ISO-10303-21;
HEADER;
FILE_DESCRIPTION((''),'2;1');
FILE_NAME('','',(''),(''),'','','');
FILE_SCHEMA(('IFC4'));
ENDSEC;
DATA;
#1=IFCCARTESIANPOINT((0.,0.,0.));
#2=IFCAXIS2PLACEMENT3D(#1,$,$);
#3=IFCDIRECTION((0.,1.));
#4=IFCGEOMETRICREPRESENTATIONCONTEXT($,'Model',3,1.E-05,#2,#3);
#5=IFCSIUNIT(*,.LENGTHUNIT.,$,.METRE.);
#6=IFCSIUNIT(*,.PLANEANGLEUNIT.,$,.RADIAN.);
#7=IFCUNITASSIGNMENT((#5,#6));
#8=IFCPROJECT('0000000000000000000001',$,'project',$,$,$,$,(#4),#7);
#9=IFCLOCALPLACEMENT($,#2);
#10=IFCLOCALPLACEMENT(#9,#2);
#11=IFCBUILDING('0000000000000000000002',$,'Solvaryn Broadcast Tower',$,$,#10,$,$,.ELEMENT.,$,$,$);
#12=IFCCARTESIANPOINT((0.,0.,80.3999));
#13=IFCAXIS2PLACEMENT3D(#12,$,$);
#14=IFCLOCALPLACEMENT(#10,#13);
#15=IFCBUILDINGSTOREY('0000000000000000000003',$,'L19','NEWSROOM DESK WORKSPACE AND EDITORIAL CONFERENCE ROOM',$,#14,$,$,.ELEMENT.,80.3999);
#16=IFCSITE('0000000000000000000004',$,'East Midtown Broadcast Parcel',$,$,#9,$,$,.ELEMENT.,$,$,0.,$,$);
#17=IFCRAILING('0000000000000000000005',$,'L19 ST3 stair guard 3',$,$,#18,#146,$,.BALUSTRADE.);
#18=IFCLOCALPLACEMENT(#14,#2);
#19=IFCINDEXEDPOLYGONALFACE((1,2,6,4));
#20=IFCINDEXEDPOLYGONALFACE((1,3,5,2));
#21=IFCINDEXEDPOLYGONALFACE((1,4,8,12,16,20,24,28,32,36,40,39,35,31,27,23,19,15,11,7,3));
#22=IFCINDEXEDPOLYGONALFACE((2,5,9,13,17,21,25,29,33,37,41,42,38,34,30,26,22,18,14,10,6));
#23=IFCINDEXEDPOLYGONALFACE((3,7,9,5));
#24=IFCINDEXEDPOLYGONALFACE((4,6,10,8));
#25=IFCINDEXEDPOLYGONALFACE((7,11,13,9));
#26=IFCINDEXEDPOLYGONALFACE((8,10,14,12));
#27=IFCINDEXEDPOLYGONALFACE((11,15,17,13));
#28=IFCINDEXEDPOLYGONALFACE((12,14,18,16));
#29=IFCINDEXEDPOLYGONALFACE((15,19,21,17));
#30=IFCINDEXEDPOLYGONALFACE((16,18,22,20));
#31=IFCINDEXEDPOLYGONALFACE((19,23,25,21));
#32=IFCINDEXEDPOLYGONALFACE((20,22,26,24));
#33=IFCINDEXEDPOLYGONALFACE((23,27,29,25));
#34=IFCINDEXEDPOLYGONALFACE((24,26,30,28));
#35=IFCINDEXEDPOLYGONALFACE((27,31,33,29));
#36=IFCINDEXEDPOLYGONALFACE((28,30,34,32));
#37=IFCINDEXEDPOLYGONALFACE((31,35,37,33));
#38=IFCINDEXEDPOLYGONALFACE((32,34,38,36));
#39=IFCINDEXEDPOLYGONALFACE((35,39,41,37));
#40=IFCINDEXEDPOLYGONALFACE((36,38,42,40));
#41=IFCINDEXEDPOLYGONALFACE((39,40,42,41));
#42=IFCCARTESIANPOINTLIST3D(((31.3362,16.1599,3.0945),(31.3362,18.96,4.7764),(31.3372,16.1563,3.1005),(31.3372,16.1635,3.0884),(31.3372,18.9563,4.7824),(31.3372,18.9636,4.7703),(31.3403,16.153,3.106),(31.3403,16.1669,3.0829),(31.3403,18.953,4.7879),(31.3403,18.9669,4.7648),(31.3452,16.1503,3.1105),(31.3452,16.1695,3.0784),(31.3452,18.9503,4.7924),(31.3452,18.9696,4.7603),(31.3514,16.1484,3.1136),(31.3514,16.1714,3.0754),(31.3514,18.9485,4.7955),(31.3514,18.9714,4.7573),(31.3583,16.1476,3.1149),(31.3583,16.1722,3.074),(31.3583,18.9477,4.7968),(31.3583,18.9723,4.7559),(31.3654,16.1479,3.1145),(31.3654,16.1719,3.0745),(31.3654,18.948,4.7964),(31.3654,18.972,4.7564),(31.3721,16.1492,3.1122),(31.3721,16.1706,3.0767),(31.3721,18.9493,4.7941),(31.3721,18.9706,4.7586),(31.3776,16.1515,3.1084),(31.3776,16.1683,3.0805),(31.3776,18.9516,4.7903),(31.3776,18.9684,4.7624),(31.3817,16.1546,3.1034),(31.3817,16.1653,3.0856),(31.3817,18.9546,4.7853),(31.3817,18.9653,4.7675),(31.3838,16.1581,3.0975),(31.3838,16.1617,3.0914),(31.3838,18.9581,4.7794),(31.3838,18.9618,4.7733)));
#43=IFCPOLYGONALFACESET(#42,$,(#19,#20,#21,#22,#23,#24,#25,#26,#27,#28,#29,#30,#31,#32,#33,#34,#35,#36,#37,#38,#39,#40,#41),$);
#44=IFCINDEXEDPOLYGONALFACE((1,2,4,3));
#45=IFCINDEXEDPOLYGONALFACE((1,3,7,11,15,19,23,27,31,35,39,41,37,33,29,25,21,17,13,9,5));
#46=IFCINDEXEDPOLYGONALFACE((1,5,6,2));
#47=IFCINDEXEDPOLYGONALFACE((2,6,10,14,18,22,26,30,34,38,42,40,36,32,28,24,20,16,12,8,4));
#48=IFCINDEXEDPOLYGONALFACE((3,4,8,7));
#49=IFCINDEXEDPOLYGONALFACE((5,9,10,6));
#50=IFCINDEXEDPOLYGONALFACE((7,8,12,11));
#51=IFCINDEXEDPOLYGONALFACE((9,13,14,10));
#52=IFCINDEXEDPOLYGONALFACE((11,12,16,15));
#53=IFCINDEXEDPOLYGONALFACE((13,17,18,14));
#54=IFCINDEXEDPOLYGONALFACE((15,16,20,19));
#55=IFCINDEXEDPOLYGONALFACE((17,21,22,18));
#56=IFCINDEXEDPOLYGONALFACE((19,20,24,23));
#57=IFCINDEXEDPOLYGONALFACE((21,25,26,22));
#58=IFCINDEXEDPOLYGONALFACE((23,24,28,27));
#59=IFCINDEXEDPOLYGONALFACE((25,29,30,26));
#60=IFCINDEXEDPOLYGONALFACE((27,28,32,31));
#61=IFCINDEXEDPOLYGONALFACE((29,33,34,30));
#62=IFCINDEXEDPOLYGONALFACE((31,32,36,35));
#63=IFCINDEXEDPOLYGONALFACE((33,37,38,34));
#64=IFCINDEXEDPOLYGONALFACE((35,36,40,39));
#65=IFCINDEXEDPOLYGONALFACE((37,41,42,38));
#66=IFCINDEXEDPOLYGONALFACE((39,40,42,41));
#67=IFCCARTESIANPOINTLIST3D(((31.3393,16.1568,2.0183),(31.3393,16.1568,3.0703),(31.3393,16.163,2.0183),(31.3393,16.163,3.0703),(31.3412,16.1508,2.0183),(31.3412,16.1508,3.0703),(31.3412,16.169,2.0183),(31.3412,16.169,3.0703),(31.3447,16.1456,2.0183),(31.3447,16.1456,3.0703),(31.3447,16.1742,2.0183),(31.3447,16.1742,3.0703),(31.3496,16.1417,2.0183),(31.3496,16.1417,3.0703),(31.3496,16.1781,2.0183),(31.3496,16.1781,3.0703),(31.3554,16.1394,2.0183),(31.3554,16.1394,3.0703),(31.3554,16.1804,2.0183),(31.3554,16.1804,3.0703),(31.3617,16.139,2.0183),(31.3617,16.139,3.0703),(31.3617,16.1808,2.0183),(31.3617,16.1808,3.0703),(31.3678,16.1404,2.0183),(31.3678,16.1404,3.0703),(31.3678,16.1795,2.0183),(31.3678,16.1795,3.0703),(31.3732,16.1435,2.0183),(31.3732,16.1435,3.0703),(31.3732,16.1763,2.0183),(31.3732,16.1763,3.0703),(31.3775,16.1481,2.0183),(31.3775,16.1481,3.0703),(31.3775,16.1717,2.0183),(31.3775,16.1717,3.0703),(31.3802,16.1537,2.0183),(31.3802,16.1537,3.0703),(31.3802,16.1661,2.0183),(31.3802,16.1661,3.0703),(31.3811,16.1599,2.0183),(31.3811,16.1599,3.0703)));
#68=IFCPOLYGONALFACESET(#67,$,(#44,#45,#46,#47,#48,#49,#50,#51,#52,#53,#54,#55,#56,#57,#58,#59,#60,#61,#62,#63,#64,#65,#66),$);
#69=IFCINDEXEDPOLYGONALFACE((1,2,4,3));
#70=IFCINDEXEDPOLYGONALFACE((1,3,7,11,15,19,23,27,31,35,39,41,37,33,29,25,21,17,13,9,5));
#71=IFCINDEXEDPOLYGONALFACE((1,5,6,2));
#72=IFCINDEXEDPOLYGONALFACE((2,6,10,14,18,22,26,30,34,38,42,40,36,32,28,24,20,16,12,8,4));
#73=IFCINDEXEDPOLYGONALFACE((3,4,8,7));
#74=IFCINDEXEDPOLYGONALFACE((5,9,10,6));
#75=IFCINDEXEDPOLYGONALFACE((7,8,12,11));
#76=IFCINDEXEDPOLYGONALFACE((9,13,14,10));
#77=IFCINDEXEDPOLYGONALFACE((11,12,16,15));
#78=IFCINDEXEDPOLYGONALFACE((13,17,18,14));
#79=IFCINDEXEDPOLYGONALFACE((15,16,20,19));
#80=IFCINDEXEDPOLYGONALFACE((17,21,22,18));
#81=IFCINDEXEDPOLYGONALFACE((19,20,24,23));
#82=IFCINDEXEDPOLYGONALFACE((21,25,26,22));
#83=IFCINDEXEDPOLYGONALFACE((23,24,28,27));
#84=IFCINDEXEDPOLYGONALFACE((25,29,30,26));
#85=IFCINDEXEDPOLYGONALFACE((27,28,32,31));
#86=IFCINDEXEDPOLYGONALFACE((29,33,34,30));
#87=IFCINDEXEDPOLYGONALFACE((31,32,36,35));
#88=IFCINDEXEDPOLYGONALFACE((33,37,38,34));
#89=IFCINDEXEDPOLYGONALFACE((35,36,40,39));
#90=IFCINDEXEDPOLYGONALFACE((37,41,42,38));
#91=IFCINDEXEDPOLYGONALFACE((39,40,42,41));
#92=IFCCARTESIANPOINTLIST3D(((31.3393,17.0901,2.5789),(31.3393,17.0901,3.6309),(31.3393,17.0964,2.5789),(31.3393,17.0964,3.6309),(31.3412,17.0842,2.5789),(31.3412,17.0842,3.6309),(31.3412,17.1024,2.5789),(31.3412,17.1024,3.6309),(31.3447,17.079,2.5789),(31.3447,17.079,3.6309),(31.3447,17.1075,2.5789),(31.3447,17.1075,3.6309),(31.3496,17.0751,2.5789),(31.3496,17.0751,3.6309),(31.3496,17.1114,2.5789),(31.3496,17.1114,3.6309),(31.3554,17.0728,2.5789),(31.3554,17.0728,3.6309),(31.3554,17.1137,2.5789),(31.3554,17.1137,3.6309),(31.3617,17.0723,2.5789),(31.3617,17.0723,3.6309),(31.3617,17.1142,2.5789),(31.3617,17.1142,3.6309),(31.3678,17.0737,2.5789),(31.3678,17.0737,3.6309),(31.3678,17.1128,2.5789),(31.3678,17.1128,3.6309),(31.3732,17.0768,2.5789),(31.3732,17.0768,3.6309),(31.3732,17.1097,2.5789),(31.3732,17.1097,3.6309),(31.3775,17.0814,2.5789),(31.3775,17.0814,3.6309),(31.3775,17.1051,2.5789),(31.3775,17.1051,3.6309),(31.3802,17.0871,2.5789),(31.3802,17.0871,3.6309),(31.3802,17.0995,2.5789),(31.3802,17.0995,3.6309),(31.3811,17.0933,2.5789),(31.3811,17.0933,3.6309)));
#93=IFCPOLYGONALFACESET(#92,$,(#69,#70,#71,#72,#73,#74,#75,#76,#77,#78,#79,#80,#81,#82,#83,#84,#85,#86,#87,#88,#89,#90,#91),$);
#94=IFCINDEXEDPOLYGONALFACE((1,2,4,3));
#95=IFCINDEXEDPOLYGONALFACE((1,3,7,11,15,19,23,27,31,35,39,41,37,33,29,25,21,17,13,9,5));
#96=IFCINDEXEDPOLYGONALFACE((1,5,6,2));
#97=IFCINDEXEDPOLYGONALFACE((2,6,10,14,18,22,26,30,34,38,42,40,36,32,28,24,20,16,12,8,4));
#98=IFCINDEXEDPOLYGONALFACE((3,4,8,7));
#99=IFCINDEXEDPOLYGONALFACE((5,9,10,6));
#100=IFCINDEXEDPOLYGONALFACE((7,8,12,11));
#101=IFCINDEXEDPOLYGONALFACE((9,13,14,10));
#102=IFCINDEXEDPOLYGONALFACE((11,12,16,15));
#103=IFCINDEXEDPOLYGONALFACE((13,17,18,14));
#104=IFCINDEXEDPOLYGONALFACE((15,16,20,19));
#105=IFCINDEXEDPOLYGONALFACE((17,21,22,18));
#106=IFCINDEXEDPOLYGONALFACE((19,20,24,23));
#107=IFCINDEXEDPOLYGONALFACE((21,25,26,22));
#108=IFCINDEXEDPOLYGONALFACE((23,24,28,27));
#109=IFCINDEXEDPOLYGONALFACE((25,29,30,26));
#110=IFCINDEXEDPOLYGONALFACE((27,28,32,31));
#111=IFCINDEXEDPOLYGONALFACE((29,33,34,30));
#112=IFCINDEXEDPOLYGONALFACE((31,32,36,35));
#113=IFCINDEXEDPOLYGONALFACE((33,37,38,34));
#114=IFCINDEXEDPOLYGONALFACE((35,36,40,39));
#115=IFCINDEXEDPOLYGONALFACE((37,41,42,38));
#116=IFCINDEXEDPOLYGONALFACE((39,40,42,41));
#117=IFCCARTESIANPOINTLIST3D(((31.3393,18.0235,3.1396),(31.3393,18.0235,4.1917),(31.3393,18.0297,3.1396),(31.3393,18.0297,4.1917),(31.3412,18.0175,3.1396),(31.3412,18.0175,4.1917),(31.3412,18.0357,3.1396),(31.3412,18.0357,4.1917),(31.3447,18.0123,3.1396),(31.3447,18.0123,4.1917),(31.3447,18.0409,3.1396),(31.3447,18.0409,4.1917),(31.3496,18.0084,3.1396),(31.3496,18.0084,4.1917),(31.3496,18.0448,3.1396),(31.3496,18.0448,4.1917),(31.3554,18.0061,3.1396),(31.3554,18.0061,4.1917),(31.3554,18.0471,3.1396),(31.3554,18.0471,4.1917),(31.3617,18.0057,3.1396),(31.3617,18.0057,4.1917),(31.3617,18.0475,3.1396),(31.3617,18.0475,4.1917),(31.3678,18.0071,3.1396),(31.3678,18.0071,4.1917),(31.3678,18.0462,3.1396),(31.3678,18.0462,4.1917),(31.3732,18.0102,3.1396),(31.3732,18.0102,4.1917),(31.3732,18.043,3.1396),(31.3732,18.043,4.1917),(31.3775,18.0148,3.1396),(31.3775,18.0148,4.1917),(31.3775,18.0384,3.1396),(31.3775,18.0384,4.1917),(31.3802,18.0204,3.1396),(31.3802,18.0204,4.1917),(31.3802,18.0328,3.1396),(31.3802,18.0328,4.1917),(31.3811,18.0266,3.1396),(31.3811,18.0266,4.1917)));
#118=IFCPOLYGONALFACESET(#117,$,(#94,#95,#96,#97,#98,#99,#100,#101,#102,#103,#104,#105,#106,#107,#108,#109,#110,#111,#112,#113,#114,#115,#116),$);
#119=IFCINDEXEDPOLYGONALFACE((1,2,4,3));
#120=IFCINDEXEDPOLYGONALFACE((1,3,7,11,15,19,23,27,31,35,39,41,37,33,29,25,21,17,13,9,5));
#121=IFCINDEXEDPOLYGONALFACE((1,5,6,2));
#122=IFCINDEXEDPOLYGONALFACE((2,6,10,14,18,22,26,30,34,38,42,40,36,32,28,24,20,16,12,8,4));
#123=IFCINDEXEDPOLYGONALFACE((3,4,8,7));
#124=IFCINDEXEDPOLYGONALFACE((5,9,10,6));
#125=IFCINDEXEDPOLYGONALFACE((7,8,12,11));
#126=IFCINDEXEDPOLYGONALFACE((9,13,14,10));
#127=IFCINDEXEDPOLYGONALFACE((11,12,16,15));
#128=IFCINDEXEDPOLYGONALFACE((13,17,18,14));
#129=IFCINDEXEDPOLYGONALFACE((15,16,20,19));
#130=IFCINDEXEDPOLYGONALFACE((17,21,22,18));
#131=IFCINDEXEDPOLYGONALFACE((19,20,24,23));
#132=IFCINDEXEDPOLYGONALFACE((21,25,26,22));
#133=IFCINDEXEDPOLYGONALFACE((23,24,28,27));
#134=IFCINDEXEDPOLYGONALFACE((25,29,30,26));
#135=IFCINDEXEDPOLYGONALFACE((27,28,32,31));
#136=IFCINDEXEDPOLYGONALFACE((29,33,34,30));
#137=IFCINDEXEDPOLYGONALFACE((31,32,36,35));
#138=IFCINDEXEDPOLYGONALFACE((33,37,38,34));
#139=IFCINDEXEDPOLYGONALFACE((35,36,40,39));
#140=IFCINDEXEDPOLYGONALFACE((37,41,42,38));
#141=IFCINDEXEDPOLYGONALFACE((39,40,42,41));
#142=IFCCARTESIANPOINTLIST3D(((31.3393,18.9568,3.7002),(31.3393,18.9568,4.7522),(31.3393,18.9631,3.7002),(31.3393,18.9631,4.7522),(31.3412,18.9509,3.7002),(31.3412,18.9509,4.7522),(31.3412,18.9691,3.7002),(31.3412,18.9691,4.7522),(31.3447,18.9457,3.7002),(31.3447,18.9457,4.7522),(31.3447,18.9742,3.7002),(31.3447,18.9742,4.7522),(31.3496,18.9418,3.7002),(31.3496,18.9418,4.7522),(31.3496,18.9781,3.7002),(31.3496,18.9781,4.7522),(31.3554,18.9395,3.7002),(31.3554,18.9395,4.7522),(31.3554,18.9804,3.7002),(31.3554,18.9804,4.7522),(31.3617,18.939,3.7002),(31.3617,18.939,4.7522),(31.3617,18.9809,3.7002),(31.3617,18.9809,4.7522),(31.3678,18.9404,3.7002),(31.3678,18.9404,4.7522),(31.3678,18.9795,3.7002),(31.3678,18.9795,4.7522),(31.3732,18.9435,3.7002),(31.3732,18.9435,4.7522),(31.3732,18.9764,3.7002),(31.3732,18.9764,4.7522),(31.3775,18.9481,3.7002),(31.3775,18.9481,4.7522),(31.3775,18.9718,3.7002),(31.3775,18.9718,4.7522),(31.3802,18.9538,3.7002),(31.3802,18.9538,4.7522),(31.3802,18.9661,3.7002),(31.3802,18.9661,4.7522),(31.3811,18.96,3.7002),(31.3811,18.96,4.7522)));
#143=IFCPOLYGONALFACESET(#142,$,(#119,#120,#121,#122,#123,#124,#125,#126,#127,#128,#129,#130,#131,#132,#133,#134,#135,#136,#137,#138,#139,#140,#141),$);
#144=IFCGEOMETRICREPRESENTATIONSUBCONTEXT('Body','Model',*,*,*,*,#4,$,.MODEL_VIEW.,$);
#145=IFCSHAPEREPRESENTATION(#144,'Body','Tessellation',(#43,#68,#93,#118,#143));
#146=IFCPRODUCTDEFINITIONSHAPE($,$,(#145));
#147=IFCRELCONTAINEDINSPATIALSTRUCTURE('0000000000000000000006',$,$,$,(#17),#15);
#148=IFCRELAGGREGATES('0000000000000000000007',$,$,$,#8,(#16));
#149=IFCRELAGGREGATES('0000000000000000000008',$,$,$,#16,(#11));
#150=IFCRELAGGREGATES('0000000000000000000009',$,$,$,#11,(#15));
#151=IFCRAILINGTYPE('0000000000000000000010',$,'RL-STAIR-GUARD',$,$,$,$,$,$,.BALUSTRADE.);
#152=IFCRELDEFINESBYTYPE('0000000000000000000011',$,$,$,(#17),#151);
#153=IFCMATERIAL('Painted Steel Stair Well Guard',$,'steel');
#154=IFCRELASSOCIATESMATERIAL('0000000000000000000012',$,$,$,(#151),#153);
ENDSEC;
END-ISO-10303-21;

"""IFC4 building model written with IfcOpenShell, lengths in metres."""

from ifc_helpers import new_model, si_unit, direction, frame, origin, origin_2d, place, context, subcontext, project, spatial, circle, extrude, material, type_object, element, save


model = new_model("IFC4")

# Units and contexts
model_context = context("Model", 3, precision=1e-05, world=origin(), true_north=direction((0.0, 1.0)))
body_context = subcontext(model_context, "Body", "Model", "MODEL_VIEW")
ifc_project = project(units=[si_unit("LENGTHUNIT", "METRE"), si_unit("PLANEANGLEUNIT", "RADIAN")], contexts=[model_context])

# Site, building, storey
site_placement = place(None, origin())
site = spatial("IfcSite", under=ifc_project, at=site_placement, Name="East Midtown Broadcast Parcel", CompositionType="ELEMENT", RefElevation=0.0)
building_placement = place(site_placement, origin())
building = spatial("IfcBuilding", under=site, at=building_placement, Name="Solvaryn Broadcast Tower", CompositionType="ELEMENT")
storey_placement = place(building_placement, frame((0.0, 0.0, 80.3999)))
storey = spatial("IfcBuildingStorey", under=building, at=storey_placement, Name="L19", Description="NEWSROOM DESK WORKSPACE AND EDITORIAL CONFERENCE ROOM", CompositionType="ELEMENT", Elevation=80.3999)

# Railing
ifc_material_1 = material(Name="Painted Steel Stair Well Guard", Category="steel")
railing_type_1 = type_object("IfcRailingType", Name="RL-STAIR-GUARD", PredefinedType="BALUSTRADE", material=ifc_material_1)
railing_1_placement = place(storey_placement, frame((31.3601, 16.1599, 2.0183)))
element("IfcRailing", 1, at=railing_1_placement, inside=storey, type_object=railing_type_1, Name="L19 ST3 stair guard 3", PredefinedType="BALUSTRADE", context=body_context, shape_type="SweptSolid", body=[
    extrude(circle(Radius=0.0239, at=origin_2d()), frame((0.0, 0.0, 1.0762), z_axis=(0.0, 0.857242, 0.514913), x_axis=(-1.0, 0.0, 0.0)), (0.0, 0.0, 1.0), 3.2664),
    extrude(circle(Radius=0.021, at=origin_2d()), origin(), (0.0, 0.0, 1.0), 1.052),
    extrude(circle(Radius=0.021, at=origin_2d()), frame((0.0, 0.9333, 0.5605)), (0.0, 0.0, 1.0), 1.052),
    extrude(circle(Radius=0.021, at=origin_2d()), frame((0.0, 1.8667, 1.1213)), (0.0, 0.0, 1.0), 1.052),
    extrude(circle(Radius=0.021, at=origin_2d()), frame((0.0, 2.8, 1.6819)), (0.0, 0.0, 1.0), 1.052),
])

save(model, "model.ifc")
